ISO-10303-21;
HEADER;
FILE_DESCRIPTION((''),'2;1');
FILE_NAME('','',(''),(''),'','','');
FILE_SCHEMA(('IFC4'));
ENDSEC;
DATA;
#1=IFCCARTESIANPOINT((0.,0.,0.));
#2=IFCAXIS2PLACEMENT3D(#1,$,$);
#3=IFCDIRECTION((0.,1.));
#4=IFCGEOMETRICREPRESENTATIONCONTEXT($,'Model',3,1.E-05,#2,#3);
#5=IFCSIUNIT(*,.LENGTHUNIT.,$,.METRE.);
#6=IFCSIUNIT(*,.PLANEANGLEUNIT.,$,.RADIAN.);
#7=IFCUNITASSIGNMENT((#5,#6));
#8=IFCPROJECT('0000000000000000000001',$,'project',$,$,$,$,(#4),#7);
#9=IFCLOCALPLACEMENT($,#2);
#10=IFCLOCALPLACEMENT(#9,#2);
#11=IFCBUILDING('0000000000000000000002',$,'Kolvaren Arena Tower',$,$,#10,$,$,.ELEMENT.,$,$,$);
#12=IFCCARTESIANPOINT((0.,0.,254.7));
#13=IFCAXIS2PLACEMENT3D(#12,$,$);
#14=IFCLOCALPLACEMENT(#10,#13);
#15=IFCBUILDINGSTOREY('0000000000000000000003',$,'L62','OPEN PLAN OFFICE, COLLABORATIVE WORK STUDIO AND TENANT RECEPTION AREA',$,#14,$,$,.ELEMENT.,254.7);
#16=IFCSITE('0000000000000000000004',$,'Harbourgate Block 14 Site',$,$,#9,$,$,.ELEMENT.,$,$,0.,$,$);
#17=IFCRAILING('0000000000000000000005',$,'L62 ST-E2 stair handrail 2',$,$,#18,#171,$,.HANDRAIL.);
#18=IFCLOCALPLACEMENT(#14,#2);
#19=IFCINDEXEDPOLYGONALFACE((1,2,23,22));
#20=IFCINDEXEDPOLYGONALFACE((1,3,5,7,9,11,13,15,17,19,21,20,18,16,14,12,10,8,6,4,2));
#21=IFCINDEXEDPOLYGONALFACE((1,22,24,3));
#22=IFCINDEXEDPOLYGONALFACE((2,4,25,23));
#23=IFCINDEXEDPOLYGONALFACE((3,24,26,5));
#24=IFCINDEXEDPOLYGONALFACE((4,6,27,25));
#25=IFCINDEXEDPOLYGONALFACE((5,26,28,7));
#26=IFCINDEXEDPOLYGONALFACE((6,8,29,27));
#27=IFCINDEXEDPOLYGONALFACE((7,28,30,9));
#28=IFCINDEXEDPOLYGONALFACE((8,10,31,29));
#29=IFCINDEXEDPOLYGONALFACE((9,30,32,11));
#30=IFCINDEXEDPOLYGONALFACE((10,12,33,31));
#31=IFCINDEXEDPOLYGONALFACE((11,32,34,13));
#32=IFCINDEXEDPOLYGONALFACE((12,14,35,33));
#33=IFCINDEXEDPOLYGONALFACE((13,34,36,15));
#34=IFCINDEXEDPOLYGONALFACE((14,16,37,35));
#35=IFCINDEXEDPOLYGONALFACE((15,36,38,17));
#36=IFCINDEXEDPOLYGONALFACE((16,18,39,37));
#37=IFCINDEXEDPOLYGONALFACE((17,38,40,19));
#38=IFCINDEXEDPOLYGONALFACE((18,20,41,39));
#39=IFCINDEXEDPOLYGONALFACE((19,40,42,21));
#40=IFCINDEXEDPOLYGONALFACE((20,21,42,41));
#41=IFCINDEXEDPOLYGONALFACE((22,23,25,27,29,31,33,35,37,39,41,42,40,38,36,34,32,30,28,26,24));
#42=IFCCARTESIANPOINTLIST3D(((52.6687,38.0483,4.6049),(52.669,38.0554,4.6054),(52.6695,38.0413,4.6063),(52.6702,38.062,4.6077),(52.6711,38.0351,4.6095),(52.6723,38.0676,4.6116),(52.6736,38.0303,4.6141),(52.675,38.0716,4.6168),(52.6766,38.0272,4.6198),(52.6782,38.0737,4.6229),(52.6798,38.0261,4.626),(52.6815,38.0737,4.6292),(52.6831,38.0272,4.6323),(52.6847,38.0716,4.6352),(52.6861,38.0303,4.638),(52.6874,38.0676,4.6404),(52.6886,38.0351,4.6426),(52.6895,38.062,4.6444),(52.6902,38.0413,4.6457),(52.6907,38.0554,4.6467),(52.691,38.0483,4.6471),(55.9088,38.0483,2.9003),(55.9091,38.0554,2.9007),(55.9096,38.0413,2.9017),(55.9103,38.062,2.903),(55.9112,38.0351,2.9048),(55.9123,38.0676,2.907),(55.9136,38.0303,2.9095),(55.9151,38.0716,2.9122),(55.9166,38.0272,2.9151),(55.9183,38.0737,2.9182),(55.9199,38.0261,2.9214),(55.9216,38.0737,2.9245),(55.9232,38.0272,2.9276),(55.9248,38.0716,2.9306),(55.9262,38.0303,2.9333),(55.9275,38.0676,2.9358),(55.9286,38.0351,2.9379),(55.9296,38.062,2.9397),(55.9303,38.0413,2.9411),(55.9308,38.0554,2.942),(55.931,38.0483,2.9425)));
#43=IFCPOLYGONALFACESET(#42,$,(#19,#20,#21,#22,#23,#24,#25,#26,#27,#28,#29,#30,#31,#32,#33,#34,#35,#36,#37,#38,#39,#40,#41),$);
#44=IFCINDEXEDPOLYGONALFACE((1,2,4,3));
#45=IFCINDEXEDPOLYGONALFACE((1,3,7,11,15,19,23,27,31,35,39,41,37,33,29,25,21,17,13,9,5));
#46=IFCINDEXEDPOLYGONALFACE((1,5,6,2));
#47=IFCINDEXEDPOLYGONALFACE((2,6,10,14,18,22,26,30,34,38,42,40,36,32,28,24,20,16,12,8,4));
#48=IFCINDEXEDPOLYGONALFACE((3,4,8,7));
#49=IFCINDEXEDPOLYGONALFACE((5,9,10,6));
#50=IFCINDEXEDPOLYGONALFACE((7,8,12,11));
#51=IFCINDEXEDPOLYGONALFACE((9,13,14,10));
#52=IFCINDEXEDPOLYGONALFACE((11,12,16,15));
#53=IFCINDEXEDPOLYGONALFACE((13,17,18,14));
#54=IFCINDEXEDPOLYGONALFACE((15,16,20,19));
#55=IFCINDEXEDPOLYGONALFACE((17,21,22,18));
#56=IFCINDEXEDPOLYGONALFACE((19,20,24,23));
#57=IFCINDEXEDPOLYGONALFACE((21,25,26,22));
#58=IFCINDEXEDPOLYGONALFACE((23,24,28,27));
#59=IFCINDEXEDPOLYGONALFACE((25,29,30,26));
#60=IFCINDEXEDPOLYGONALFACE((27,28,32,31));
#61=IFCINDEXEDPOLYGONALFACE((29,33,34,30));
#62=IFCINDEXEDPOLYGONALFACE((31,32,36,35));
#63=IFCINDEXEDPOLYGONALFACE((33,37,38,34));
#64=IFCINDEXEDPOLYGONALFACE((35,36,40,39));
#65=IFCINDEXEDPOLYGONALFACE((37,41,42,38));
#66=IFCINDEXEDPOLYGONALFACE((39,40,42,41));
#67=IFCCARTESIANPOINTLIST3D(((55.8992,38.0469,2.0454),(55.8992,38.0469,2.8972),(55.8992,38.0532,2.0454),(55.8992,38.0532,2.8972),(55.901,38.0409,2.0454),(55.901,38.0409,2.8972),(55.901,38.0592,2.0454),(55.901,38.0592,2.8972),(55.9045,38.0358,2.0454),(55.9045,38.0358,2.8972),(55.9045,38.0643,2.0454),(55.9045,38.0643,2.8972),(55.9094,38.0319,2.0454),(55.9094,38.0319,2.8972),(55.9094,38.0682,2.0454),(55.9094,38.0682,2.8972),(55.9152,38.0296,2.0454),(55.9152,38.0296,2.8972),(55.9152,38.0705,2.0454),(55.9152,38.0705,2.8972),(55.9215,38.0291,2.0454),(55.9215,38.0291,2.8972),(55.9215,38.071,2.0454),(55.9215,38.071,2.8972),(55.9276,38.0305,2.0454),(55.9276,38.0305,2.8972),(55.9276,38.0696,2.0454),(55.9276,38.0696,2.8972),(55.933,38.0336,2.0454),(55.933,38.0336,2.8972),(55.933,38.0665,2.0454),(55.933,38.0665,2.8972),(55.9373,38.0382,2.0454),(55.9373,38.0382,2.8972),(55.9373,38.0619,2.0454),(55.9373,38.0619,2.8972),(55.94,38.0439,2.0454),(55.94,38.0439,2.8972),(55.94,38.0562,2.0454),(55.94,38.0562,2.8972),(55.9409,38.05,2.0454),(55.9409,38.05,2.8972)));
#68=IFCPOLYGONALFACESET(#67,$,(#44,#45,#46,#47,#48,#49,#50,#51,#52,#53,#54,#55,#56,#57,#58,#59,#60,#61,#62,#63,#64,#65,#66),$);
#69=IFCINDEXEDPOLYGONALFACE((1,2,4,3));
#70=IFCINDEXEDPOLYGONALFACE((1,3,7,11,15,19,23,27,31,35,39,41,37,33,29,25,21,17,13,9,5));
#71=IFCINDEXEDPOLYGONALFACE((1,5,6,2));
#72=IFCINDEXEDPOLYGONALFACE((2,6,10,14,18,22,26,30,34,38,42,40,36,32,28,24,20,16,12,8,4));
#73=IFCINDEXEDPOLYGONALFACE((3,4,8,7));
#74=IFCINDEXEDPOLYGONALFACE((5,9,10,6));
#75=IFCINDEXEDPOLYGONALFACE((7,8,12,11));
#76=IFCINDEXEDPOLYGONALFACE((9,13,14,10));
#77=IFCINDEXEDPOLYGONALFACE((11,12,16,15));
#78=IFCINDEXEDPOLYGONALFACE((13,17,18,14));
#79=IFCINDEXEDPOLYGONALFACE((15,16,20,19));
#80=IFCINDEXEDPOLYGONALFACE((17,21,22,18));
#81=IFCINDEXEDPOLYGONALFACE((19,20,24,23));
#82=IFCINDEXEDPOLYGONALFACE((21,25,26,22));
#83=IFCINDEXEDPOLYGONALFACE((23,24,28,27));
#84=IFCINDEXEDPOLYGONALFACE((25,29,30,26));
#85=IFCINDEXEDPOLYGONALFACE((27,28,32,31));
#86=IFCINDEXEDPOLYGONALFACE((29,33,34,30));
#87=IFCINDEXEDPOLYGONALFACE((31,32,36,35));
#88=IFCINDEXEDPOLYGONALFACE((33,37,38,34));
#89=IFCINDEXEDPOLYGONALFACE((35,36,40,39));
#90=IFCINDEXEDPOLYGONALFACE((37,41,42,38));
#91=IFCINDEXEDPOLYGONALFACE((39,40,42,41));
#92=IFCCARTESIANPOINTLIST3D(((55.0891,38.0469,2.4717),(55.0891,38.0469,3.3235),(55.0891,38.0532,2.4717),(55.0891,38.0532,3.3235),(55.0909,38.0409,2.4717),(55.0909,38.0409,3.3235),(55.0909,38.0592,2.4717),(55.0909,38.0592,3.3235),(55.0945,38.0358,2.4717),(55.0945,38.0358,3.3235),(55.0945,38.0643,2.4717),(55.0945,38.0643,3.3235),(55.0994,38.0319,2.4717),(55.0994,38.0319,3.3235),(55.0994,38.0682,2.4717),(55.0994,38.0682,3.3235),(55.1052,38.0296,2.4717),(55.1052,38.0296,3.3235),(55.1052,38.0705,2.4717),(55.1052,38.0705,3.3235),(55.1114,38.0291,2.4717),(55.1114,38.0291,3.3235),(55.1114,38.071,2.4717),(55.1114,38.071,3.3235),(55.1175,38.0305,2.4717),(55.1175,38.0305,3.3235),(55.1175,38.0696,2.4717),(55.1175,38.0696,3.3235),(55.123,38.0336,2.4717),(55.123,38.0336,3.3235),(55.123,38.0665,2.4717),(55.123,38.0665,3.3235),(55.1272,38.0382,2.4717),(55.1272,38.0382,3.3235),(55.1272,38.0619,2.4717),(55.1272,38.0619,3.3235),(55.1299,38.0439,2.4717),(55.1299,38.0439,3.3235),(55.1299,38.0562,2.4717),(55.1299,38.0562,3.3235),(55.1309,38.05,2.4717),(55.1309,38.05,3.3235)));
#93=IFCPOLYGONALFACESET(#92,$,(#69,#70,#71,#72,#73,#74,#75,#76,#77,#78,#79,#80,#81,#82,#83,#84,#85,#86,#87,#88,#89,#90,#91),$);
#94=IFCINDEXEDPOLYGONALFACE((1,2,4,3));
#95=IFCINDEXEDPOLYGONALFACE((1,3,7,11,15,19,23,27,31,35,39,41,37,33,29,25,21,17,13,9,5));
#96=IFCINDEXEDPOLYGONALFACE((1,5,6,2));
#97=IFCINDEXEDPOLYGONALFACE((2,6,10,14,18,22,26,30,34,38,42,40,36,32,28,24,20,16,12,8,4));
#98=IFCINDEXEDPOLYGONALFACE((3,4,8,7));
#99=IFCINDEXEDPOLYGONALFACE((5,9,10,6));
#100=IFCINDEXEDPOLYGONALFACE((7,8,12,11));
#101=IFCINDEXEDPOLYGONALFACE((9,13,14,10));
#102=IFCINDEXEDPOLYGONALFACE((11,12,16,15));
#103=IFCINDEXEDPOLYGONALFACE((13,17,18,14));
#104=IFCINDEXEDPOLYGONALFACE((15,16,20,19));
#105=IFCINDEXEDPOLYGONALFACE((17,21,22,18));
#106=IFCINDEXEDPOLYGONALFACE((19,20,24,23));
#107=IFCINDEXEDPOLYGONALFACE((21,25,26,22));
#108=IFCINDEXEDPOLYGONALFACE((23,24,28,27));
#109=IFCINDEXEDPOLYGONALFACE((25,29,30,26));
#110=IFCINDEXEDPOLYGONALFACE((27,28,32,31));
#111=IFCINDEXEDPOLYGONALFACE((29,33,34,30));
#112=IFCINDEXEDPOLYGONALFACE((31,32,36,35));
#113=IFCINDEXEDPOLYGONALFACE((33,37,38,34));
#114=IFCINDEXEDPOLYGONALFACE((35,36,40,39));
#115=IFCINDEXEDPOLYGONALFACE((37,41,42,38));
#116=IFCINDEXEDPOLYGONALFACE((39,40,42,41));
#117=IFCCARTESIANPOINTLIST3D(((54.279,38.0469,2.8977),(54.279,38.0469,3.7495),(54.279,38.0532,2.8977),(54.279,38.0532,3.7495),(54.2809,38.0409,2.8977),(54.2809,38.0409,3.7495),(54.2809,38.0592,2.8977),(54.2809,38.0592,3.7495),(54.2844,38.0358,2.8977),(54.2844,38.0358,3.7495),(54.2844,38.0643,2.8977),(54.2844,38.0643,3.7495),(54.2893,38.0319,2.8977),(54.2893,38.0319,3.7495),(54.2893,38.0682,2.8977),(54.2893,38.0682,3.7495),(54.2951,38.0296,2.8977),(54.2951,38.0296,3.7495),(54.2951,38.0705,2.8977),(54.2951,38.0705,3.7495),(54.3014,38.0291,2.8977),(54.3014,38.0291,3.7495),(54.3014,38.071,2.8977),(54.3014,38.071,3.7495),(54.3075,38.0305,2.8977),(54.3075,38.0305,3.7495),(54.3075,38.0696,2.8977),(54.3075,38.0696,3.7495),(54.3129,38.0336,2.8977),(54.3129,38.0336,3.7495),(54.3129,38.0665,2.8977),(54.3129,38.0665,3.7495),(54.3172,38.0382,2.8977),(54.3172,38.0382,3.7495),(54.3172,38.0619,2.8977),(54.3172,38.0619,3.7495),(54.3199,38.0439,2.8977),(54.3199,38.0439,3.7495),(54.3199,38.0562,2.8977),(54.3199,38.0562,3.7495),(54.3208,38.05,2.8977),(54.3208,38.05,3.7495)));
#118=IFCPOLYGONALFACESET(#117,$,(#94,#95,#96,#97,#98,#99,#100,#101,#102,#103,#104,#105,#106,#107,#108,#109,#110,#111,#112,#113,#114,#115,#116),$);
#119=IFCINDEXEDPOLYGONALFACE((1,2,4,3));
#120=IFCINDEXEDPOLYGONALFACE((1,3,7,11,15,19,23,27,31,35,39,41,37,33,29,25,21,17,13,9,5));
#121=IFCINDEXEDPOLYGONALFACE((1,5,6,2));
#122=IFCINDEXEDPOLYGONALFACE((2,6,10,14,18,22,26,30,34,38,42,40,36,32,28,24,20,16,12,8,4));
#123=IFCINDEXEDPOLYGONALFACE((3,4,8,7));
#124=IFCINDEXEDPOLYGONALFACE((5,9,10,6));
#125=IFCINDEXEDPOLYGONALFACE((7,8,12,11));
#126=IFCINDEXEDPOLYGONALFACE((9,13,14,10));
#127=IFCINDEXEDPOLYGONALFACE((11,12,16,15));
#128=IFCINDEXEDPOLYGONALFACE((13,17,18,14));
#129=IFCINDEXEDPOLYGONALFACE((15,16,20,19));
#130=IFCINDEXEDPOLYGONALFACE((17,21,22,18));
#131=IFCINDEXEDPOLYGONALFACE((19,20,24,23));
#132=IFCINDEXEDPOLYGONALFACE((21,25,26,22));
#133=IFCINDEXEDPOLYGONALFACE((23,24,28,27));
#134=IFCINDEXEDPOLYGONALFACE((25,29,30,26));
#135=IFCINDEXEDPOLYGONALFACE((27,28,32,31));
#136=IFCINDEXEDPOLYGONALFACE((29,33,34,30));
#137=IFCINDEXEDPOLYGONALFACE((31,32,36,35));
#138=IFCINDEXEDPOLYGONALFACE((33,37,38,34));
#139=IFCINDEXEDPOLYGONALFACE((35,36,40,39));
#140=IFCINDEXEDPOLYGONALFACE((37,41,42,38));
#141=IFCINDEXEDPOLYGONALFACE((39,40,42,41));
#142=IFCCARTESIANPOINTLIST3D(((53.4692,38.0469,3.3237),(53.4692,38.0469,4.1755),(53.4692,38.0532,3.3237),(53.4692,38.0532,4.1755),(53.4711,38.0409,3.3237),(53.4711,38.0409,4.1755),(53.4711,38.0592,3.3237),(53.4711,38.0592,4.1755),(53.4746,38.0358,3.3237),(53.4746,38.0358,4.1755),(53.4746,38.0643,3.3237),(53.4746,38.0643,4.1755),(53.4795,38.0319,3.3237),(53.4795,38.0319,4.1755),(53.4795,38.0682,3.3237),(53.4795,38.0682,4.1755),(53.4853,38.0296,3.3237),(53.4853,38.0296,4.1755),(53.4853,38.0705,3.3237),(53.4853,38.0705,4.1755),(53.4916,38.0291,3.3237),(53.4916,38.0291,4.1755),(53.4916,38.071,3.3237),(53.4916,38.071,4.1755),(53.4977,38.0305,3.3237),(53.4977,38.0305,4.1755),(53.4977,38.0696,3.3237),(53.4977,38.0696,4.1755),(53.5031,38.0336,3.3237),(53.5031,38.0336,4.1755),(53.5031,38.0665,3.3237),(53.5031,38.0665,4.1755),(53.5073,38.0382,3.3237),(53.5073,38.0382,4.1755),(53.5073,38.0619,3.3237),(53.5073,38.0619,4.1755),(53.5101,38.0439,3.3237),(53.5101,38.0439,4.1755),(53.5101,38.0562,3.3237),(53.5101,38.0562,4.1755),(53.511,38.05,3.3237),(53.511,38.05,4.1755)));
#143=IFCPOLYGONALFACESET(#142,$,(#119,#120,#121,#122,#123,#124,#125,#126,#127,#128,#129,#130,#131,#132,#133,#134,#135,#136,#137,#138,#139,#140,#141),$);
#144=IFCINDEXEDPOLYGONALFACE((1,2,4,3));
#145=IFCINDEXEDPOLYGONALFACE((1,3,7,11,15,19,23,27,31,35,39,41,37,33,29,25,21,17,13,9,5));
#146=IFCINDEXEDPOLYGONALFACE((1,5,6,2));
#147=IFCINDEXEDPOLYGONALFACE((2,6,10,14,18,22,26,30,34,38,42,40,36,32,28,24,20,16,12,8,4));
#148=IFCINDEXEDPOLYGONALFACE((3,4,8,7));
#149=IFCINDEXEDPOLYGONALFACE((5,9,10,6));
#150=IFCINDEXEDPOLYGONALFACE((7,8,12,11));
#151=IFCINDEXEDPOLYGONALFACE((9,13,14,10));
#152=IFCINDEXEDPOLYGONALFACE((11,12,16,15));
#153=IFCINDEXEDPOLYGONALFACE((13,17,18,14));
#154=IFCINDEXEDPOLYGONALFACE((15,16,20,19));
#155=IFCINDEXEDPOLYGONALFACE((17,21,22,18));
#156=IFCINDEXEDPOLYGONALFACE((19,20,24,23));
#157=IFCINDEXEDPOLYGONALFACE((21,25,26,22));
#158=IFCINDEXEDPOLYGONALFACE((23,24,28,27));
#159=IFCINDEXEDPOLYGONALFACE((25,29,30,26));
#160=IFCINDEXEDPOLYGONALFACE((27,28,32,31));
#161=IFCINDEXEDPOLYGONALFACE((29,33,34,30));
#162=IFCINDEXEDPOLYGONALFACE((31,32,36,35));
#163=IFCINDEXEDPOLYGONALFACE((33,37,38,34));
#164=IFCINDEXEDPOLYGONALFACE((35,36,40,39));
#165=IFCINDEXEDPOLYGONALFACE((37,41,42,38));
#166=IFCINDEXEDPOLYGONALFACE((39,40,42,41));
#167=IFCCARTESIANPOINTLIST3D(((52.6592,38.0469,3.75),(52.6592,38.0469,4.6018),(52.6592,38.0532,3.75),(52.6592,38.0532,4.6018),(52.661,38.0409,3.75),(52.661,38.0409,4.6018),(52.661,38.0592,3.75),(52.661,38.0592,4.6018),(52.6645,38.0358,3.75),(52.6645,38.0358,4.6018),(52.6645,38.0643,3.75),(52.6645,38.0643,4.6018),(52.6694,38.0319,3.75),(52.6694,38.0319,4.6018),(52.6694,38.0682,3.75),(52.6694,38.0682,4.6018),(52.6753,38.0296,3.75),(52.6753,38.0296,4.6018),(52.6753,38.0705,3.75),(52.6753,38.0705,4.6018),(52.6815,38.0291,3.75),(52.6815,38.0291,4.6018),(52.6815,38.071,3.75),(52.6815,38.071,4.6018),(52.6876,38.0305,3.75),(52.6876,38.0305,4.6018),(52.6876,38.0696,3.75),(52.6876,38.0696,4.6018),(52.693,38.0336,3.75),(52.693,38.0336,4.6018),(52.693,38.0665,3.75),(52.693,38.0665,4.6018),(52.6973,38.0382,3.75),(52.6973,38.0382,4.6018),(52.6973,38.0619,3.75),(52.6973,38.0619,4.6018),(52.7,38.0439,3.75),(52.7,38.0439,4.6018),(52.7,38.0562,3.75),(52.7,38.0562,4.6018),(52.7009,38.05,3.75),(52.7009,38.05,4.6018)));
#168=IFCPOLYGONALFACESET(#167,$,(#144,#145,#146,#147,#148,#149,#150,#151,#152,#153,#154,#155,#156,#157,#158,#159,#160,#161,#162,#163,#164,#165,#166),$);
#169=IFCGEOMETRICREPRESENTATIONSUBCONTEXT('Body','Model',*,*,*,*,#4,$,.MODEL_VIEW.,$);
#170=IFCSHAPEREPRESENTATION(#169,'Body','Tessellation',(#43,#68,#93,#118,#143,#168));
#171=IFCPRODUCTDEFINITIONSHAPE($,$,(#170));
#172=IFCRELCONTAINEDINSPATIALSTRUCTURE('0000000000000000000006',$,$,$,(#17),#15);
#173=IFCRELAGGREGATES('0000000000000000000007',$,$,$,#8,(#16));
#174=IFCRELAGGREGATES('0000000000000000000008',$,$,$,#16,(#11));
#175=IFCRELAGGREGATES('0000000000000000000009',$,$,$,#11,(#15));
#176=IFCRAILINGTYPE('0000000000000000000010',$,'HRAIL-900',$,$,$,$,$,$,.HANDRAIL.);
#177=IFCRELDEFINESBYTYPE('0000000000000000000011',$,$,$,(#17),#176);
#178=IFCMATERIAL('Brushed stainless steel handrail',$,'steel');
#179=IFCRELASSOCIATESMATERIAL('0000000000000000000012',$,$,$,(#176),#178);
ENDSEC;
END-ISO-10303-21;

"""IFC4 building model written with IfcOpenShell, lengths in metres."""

from ifc_helpers import new_model, si_unit, direction, frame, origin, origin_2d, place, context, subcontext, project, spatial, circle, extrude, material, type_object, element, save


model = new_model("IFC4")

# Units and contexts
model_context = context("Model", 3, precision=1e-05, world=origin(), true_north=direction((0.0, 1.0)))
body_context = subcontext(model_context, "Body", "Model", "MODEL_VIEW")
ifc_project = project(units=[si_unit("LENGTHUNIT", "METRE"), si_unit("PLANEANGLEUNIT", "RADIAN")], contexts=[model_context])

# Site, building, storey
site_placement = place(None, origin())
site = spatial("IfcSite", under=ifc_project, at=site_placement, Name="Harbourgate Block 14 Site", CompositionType="ELEMENT", RefElevation=0.0)
building_placement = place(site_placement, origin())
building = spatial("IfcBuilding", under=site, at=building_placement, Name="Kolvaren Arena Tower", CompositionType="ELEMENT")
storey_placement = place(building_placement, frame((0.0, 0.0, 254.7)))
storey = spatial("IfcBuildingStorey", under=building, at=storey_placement, Name="L62", Description="OPEN PLAN OFFICE, COLLABORATIVE WORK STUDIO AND TENANT RECEPTION AREA", CompositionType="ELEMENT", Elevation=254.7)

# Railing
ifc_material_1 = material(Name="Brushed stainless steel handrail", Category="steel")
railing_type_1 = type_object("IfcRailingType", Name="HRAIL-900", PredefinedType="HANDRAIL", material=ifc_material_1)
for number, where, name in (
    (1, (55.9199, 38.05, 2.0454), "L62 ST-E2 stair handrail 2"),
):
    element("IfcRailing", number, at=place(storey_placement, frame(where)), inside=storey, type_object=railing_type_1, Name=name, PredefinedType="HANDRAIL", context=body_context, shape_type="SweptSolid", body=[
        extrude(circle(Radius=0.0239, at=origin_2d()), frame((0.0, 0.0, 0.876), z_axis=(-0.884993, 0.0, 0.465604), x_axis=(0.0, -1.0, 0.0)), (0.0, 0.0, 1.0), 3.6611),
        extrude(circle(Radius=0.021, at=origin_2d()), origin(), (0.0, 0.0, 1.0), 0.8518),
        extrude(circle(Radius=0.021, at=origin_2d()), frame((-0.8101, 0.0, 0.4263)), (0.0, 0.0, 1.0), 0.8518),
        extrude(circle(Radius=0.021, at=origin_2d()), frame((-1.6201, 0.0, 0.8523)), (0.0, 0.0, 1.0), 0.8518),
        extrude(circle(Radius=0.021, at=origin_2d()), frame((-2.4299, 0.0, 1.2783)), (0.0, 0.0, 1.0), 0.8518),
        extrude(circle(Radius=0.021, at=origin_2d()), frame((-3.24, 0.0, 1.7046)), (0.0, 0.0, 1.0), 0.8518),
    ])

save(model, "model.ifc")
